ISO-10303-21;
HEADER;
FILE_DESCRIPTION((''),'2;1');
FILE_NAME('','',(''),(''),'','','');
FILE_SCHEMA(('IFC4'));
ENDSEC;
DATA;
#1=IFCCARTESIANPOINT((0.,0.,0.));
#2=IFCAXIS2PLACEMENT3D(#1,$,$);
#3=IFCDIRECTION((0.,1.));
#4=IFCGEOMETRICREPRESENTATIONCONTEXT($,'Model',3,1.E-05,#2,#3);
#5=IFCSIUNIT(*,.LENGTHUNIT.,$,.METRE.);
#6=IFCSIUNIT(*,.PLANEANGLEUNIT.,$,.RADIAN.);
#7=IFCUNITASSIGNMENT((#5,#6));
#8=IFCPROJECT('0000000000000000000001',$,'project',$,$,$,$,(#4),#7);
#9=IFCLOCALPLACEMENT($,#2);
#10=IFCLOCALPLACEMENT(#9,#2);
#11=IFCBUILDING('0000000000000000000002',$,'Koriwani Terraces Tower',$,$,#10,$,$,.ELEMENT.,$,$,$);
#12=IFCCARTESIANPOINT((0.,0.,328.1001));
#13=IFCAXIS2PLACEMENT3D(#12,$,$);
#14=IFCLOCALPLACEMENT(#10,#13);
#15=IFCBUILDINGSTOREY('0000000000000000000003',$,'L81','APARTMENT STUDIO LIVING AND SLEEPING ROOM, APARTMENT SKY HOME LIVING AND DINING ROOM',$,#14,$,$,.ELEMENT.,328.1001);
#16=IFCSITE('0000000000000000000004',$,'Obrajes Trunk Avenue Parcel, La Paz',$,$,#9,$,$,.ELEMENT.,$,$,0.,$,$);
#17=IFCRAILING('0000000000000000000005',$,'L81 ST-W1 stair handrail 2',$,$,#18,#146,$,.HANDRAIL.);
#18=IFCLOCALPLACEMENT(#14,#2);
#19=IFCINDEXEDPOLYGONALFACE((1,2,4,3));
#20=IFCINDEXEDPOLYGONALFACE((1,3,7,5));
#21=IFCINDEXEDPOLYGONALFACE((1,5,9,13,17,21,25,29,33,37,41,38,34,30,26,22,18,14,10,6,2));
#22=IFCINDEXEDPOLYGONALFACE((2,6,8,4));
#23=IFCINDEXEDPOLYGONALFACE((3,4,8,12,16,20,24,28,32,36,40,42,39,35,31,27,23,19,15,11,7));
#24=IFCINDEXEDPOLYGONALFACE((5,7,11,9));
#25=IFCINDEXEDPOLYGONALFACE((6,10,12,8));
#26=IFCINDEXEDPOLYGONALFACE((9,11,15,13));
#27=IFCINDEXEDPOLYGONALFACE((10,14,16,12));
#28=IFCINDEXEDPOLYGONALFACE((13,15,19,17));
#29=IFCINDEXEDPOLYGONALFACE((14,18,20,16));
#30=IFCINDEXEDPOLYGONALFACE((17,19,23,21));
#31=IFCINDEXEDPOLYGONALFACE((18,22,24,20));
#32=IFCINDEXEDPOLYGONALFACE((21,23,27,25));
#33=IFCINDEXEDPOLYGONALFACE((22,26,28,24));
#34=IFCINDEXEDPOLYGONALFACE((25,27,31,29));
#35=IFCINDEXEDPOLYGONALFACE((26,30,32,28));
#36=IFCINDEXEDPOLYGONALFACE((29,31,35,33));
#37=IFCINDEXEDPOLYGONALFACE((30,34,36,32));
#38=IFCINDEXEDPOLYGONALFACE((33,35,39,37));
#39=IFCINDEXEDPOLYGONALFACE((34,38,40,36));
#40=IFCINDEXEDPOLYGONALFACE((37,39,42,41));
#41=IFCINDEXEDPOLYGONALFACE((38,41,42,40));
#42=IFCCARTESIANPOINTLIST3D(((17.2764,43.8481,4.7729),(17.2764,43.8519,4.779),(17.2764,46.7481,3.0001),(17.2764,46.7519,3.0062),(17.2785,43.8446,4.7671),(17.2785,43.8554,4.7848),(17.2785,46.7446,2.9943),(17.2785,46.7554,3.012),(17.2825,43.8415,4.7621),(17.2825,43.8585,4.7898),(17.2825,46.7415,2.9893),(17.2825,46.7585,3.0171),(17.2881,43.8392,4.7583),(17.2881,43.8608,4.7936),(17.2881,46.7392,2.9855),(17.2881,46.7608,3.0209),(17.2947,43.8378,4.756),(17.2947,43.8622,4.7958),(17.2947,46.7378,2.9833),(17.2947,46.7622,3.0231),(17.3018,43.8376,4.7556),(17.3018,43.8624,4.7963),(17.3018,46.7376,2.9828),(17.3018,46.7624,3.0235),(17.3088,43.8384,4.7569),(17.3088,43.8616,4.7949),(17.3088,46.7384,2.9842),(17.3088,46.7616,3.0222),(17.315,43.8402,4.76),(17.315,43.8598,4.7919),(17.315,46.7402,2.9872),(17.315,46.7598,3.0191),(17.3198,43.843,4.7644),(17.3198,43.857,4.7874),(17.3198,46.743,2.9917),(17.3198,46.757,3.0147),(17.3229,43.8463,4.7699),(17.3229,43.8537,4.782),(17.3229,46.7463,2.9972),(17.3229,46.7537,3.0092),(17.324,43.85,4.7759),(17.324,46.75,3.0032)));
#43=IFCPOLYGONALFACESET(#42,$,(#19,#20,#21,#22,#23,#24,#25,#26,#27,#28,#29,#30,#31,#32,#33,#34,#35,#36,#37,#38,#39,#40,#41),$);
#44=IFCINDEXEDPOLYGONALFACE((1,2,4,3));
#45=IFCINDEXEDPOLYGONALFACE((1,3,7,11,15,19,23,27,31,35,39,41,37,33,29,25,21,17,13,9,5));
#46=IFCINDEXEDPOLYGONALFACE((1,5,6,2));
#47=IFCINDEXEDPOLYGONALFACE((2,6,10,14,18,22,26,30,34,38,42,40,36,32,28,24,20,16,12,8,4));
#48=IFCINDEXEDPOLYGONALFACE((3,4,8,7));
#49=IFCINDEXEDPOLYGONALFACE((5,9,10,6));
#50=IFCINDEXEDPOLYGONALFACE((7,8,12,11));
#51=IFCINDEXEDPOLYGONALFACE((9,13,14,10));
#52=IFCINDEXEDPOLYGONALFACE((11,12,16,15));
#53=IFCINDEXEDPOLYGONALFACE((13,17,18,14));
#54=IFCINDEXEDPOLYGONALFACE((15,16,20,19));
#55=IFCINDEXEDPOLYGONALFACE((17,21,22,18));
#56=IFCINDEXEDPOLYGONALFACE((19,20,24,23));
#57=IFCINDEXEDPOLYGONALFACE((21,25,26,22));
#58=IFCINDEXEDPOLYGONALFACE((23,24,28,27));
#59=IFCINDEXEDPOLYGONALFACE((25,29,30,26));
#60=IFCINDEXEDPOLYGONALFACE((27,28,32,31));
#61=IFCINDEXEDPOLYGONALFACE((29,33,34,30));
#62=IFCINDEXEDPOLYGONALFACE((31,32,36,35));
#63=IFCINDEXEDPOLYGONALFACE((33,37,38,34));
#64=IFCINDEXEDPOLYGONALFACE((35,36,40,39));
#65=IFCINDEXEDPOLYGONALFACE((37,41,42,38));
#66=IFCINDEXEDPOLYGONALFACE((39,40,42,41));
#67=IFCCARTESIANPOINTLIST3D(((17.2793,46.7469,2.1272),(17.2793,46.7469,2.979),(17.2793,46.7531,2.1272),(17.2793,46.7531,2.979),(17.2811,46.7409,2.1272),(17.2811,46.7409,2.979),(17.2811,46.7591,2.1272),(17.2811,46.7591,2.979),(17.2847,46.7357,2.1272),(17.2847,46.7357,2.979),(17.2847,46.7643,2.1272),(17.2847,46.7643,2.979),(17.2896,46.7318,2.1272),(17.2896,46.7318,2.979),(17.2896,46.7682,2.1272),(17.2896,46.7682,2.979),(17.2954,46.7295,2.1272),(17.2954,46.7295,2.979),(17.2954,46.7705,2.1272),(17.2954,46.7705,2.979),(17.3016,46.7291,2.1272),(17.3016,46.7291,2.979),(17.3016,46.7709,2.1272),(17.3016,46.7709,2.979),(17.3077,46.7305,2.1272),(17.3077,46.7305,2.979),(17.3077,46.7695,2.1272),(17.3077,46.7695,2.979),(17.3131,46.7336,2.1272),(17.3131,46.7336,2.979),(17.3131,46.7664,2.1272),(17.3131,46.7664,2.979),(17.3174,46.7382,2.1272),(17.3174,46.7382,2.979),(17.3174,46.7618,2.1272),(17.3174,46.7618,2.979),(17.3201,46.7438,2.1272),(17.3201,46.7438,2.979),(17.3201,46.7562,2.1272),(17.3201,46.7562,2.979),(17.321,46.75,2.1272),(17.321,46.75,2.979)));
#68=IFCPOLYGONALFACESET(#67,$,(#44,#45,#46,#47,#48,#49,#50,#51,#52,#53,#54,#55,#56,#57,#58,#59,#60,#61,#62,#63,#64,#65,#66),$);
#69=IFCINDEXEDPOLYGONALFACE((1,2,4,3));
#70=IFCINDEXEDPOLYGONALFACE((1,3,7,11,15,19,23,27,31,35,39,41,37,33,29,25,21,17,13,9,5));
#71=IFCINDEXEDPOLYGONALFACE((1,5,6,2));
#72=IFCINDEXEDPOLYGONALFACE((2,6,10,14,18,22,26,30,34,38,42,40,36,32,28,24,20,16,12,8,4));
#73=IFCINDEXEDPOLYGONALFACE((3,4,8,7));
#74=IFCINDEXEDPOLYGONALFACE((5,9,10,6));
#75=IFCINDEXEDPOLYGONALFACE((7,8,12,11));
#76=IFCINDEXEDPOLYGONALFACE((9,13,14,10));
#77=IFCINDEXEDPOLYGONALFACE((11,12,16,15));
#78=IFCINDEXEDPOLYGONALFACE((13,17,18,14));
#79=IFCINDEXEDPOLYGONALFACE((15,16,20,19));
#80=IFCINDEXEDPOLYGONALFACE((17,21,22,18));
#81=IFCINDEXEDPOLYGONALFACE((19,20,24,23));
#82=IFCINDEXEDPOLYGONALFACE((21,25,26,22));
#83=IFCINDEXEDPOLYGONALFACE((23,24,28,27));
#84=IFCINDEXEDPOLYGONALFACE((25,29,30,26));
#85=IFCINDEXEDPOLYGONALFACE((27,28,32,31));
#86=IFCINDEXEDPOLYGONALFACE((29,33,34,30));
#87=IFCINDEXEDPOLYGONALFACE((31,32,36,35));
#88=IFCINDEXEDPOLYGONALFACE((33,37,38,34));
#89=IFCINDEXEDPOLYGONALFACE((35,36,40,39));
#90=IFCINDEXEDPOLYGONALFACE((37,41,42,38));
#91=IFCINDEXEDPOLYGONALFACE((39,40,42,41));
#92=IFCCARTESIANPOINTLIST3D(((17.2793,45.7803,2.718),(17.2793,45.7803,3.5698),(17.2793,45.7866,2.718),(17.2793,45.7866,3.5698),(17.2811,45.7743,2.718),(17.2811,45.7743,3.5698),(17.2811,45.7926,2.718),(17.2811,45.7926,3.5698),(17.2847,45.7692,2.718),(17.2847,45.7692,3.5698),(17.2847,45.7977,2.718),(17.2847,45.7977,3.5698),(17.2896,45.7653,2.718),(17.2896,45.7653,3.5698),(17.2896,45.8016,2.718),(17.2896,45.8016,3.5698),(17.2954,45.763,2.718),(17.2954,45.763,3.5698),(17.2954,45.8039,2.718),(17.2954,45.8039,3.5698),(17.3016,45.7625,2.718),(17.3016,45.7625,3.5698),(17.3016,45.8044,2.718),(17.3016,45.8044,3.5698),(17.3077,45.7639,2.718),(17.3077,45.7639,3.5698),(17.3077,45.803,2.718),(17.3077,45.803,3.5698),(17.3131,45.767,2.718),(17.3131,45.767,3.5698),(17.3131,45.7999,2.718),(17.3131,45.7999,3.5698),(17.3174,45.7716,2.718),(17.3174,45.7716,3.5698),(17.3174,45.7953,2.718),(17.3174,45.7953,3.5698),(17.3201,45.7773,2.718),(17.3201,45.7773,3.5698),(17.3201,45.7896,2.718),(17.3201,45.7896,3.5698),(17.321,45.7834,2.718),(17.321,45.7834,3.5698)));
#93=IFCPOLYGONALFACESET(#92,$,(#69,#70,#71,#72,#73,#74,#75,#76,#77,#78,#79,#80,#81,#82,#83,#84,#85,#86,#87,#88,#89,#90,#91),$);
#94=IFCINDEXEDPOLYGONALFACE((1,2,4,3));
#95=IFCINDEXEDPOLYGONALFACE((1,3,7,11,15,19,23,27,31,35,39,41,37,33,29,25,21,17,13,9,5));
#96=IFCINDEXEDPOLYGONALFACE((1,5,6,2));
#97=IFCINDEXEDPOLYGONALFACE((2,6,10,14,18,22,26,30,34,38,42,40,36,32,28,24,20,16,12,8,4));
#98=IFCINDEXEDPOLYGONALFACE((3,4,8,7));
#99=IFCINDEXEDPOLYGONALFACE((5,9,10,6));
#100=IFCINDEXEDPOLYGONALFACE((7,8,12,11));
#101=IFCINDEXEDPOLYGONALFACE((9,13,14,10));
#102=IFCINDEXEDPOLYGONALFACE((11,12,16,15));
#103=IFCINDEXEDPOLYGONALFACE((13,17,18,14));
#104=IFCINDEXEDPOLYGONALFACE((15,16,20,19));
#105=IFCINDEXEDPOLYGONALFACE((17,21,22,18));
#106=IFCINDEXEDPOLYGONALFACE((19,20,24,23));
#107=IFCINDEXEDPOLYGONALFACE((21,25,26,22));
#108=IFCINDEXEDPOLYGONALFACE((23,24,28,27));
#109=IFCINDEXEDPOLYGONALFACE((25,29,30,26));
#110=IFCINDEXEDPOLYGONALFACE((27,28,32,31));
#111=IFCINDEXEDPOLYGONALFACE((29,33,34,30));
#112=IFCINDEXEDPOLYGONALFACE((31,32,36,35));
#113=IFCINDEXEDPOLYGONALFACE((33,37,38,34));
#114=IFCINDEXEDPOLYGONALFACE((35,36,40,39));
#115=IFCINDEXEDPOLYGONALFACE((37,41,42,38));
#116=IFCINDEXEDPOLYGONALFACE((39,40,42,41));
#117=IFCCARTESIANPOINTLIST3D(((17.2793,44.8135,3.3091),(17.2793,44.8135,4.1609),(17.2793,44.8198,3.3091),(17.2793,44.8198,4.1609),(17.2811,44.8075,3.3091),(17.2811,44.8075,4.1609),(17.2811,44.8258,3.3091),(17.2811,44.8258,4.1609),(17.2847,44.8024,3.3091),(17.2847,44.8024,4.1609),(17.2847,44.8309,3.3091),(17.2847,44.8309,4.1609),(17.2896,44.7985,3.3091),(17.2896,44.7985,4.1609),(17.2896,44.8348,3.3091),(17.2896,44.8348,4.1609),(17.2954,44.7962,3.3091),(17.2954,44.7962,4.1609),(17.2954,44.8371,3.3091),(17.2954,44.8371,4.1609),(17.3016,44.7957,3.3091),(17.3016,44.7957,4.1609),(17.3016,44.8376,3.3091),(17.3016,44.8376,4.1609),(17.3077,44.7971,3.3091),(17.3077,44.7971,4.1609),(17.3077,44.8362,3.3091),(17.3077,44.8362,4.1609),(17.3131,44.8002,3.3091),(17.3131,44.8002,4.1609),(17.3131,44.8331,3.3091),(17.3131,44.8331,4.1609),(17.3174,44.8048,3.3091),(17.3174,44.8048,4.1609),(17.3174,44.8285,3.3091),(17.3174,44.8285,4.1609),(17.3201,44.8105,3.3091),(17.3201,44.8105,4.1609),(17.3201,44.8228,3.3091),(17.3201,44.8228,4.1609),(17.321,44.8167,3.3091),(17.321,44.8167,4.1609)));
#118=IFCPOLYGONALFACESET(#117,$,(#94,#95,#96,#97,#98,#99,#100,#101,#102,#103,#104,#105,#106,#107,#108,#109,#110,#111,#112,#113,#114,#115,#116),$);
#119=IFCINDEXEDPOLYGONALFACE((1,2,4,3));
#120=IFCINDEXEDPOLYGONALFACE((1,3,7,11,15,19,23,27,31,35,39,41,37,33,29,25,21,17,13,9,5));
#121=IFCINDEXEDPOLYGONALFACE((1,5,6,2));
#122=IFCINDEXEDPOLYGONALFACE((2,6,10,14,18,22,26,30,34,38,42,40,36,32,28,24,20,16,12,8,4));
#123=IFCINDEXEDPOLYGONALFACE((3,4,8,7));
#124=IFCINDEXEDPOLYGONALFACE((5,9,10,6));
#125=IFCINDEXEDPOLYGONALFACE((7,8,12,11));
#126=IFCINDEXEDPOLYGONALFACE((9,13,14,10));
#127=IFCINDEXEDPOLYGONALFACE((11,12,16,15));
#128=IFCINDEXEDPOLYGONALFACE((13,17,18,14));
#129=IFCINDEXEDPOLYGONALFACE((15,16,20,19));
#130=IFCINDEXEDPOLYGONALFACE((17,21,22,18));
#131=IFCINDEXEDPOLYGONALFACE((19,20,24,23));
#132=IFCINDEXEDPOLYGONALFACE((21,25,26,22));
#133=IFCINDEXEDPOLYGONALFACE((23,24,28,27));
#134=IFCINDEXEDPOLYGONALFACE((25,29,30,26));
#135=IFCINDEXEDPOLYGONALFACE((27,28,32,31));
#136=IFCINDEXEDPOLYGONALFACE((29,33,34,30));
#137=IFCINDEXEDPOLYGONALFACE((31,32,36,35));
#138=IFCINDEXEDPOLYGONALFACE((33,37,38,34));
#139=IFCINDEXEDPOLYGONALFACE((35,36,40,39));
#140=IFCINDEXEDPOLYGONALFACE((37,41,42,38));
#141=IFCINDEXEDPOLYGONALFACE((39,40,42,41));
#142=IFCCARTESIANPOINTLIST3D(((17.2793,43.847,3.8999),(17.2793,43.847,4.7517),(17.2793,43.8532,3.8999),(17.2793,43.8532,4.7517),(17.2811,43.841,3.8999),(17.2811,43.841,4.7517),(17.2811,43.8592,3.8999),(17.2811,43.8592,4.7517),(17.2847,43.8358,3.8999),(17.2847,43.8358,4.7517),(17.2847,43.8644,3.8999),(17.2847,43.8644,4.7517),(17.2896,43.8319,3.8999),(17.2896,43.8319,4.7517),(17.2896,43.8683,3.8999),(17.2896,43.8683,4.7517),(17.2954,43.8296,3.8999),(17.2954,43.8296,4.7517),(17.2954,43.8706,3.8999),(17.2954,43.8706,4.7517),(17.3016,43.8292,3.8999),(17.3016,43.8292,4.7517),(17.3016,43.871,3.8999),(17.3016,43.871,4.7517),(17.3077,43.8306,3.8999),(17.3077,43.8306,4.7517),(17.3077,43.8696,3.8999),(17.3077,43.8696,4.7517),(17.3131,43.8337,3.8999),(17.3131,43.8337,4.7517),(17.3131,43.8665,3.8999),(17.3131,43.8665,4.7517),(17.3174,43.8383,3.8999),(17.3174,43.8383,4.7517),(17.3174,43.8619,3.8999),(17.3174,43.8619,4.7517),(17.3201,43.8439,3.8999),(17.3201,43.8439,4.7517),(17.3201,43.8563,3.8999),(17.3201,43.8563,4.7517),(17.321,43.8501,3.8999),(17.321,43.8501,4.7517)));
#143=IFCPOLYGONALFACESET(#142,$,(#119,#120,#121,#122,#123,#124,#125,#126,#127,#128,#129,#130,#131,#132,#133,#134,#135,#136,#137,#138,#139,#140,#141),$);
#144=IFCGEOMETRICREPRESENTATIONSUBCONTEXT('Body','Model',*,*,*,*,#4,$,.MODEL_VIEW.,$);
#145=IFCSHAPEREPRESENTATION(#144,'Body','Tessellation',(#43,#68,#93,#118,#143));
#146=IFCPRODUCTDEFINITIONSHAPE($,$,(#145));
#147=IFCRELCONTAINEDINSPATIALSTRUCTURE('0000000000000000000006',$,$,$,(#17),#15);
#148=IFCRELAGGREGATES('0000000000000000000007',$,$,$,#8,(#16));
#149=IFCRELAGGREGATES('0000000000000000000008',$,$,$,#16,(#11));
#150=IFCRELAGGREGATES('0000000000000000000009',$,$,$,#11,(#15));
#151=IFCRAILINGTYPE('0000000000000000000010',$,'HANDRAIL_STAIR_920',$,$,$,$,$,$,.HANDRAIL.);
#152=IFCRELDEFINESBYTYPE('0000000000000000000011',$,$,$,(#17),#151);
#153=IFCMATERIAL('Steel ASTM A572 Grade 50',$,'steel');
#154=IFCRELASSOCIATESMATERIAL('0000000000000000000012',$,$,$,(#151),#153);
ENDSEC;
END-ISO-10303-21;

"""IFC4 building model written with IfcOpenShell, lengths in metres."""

from ifc_helpers import new_model, si_unit, direction, frame, origin, origin_2d, place, context, subcontext, project, spatial, circle, extrude, material, type_object, element, save


model = new_model("IFC4")

# Units and contexts
model_context = context("Model", 3, precision=1e-05, world=origin(), true_north=direction((0.0, 1.0)))
body_context = subcontext(model_context, "Body", "Model", "MODEL_VIEW")
ifc_project = project(units=[si_unit("LENGTHUNIT", "METRE"), si_unit("PLANEANGLEUNIT", "RADIAN")], contexts=[model_context])

# Site, building, storey
site_placement = place(None, origin())
site = spatial("IfcSite", under=ifc_project, at=site_placement, Name="Obrajes Trunk Avenue Parcel, La Paz", CompositionType="ELEMENT", RefElevation=0.0)
building_placement = place(site_placement, origin())
building = spatial("IfcBuilding", under=site, at=building_placement, Name="Koriwani Terraces Tower", CompositionType="ELEMENT")
storey_placement = place(building_placement, frame((0.0, 0.0, 328.1001)))
storey = spatial("IfcBuildingStorey", under=building, at=storey_placement, Name="L81", Description="APARTMENT STUDIO LIVING AND SLEEPING ROOM, APARTMENT SKY HOME LIVING AND DINING ROOM", CompositionType="ELEMENT", Elevation=328.1001)

# Shared definitions
ifc_material_1 = material(Name="Steel ASTM A572 Grade 50", Category="steel")

# Railing
railing_type_1 = type_object("IfcRailingType", Name="HANDRAIL_STAIR_920", PredefinedType="HANDRAIL", material=ifc_material_1)
railing_1_placement = place(storey_placement, frame((17.3, 46.75, 2.1272)))
element("IfcRailing", 1, at=railing_1_placement, inside=storey, type_object=railing_type_1, Name="L81 ST-W1 stair handrail 2", PredefinedType="HANDRAIL", context=body_context, shape_type="SweptSolid", body=[
    extrude(circle(Radius=0.0239, at=origin_2d()), frame((0.0, 0.0, 0.876), z_axis=(0.0, -0.853211, 0.521566), x_axis=(1.0, 0.0, 0.0)), (0.0, 0.0, 1.0), 3.3989),
    extrude(circle(Radius=0.021, at=origin_2d()), origin(), (0.0, 0.0, 1.0), 0.8518),
    extrude(circle(Radius=0.021, at=origin_2d()), frame((0.0, -0.9666, 0.5908)), (0.0, 0.0, 1.0), 0.8518),
    extrude(circle(Radius=0.021, at=origin_2d()), frame((0.0, -1.9333, 1.1819)), (0.0, 0.0, 1.0), 0.8518),
    extrude(circle(Radius=0.021, at=origin_2d()), frame((0.0, -2.8999, 1.7727)), (0.0, 0.0, 1.0), 0.8518),
])

save(model, "model.ifc")
